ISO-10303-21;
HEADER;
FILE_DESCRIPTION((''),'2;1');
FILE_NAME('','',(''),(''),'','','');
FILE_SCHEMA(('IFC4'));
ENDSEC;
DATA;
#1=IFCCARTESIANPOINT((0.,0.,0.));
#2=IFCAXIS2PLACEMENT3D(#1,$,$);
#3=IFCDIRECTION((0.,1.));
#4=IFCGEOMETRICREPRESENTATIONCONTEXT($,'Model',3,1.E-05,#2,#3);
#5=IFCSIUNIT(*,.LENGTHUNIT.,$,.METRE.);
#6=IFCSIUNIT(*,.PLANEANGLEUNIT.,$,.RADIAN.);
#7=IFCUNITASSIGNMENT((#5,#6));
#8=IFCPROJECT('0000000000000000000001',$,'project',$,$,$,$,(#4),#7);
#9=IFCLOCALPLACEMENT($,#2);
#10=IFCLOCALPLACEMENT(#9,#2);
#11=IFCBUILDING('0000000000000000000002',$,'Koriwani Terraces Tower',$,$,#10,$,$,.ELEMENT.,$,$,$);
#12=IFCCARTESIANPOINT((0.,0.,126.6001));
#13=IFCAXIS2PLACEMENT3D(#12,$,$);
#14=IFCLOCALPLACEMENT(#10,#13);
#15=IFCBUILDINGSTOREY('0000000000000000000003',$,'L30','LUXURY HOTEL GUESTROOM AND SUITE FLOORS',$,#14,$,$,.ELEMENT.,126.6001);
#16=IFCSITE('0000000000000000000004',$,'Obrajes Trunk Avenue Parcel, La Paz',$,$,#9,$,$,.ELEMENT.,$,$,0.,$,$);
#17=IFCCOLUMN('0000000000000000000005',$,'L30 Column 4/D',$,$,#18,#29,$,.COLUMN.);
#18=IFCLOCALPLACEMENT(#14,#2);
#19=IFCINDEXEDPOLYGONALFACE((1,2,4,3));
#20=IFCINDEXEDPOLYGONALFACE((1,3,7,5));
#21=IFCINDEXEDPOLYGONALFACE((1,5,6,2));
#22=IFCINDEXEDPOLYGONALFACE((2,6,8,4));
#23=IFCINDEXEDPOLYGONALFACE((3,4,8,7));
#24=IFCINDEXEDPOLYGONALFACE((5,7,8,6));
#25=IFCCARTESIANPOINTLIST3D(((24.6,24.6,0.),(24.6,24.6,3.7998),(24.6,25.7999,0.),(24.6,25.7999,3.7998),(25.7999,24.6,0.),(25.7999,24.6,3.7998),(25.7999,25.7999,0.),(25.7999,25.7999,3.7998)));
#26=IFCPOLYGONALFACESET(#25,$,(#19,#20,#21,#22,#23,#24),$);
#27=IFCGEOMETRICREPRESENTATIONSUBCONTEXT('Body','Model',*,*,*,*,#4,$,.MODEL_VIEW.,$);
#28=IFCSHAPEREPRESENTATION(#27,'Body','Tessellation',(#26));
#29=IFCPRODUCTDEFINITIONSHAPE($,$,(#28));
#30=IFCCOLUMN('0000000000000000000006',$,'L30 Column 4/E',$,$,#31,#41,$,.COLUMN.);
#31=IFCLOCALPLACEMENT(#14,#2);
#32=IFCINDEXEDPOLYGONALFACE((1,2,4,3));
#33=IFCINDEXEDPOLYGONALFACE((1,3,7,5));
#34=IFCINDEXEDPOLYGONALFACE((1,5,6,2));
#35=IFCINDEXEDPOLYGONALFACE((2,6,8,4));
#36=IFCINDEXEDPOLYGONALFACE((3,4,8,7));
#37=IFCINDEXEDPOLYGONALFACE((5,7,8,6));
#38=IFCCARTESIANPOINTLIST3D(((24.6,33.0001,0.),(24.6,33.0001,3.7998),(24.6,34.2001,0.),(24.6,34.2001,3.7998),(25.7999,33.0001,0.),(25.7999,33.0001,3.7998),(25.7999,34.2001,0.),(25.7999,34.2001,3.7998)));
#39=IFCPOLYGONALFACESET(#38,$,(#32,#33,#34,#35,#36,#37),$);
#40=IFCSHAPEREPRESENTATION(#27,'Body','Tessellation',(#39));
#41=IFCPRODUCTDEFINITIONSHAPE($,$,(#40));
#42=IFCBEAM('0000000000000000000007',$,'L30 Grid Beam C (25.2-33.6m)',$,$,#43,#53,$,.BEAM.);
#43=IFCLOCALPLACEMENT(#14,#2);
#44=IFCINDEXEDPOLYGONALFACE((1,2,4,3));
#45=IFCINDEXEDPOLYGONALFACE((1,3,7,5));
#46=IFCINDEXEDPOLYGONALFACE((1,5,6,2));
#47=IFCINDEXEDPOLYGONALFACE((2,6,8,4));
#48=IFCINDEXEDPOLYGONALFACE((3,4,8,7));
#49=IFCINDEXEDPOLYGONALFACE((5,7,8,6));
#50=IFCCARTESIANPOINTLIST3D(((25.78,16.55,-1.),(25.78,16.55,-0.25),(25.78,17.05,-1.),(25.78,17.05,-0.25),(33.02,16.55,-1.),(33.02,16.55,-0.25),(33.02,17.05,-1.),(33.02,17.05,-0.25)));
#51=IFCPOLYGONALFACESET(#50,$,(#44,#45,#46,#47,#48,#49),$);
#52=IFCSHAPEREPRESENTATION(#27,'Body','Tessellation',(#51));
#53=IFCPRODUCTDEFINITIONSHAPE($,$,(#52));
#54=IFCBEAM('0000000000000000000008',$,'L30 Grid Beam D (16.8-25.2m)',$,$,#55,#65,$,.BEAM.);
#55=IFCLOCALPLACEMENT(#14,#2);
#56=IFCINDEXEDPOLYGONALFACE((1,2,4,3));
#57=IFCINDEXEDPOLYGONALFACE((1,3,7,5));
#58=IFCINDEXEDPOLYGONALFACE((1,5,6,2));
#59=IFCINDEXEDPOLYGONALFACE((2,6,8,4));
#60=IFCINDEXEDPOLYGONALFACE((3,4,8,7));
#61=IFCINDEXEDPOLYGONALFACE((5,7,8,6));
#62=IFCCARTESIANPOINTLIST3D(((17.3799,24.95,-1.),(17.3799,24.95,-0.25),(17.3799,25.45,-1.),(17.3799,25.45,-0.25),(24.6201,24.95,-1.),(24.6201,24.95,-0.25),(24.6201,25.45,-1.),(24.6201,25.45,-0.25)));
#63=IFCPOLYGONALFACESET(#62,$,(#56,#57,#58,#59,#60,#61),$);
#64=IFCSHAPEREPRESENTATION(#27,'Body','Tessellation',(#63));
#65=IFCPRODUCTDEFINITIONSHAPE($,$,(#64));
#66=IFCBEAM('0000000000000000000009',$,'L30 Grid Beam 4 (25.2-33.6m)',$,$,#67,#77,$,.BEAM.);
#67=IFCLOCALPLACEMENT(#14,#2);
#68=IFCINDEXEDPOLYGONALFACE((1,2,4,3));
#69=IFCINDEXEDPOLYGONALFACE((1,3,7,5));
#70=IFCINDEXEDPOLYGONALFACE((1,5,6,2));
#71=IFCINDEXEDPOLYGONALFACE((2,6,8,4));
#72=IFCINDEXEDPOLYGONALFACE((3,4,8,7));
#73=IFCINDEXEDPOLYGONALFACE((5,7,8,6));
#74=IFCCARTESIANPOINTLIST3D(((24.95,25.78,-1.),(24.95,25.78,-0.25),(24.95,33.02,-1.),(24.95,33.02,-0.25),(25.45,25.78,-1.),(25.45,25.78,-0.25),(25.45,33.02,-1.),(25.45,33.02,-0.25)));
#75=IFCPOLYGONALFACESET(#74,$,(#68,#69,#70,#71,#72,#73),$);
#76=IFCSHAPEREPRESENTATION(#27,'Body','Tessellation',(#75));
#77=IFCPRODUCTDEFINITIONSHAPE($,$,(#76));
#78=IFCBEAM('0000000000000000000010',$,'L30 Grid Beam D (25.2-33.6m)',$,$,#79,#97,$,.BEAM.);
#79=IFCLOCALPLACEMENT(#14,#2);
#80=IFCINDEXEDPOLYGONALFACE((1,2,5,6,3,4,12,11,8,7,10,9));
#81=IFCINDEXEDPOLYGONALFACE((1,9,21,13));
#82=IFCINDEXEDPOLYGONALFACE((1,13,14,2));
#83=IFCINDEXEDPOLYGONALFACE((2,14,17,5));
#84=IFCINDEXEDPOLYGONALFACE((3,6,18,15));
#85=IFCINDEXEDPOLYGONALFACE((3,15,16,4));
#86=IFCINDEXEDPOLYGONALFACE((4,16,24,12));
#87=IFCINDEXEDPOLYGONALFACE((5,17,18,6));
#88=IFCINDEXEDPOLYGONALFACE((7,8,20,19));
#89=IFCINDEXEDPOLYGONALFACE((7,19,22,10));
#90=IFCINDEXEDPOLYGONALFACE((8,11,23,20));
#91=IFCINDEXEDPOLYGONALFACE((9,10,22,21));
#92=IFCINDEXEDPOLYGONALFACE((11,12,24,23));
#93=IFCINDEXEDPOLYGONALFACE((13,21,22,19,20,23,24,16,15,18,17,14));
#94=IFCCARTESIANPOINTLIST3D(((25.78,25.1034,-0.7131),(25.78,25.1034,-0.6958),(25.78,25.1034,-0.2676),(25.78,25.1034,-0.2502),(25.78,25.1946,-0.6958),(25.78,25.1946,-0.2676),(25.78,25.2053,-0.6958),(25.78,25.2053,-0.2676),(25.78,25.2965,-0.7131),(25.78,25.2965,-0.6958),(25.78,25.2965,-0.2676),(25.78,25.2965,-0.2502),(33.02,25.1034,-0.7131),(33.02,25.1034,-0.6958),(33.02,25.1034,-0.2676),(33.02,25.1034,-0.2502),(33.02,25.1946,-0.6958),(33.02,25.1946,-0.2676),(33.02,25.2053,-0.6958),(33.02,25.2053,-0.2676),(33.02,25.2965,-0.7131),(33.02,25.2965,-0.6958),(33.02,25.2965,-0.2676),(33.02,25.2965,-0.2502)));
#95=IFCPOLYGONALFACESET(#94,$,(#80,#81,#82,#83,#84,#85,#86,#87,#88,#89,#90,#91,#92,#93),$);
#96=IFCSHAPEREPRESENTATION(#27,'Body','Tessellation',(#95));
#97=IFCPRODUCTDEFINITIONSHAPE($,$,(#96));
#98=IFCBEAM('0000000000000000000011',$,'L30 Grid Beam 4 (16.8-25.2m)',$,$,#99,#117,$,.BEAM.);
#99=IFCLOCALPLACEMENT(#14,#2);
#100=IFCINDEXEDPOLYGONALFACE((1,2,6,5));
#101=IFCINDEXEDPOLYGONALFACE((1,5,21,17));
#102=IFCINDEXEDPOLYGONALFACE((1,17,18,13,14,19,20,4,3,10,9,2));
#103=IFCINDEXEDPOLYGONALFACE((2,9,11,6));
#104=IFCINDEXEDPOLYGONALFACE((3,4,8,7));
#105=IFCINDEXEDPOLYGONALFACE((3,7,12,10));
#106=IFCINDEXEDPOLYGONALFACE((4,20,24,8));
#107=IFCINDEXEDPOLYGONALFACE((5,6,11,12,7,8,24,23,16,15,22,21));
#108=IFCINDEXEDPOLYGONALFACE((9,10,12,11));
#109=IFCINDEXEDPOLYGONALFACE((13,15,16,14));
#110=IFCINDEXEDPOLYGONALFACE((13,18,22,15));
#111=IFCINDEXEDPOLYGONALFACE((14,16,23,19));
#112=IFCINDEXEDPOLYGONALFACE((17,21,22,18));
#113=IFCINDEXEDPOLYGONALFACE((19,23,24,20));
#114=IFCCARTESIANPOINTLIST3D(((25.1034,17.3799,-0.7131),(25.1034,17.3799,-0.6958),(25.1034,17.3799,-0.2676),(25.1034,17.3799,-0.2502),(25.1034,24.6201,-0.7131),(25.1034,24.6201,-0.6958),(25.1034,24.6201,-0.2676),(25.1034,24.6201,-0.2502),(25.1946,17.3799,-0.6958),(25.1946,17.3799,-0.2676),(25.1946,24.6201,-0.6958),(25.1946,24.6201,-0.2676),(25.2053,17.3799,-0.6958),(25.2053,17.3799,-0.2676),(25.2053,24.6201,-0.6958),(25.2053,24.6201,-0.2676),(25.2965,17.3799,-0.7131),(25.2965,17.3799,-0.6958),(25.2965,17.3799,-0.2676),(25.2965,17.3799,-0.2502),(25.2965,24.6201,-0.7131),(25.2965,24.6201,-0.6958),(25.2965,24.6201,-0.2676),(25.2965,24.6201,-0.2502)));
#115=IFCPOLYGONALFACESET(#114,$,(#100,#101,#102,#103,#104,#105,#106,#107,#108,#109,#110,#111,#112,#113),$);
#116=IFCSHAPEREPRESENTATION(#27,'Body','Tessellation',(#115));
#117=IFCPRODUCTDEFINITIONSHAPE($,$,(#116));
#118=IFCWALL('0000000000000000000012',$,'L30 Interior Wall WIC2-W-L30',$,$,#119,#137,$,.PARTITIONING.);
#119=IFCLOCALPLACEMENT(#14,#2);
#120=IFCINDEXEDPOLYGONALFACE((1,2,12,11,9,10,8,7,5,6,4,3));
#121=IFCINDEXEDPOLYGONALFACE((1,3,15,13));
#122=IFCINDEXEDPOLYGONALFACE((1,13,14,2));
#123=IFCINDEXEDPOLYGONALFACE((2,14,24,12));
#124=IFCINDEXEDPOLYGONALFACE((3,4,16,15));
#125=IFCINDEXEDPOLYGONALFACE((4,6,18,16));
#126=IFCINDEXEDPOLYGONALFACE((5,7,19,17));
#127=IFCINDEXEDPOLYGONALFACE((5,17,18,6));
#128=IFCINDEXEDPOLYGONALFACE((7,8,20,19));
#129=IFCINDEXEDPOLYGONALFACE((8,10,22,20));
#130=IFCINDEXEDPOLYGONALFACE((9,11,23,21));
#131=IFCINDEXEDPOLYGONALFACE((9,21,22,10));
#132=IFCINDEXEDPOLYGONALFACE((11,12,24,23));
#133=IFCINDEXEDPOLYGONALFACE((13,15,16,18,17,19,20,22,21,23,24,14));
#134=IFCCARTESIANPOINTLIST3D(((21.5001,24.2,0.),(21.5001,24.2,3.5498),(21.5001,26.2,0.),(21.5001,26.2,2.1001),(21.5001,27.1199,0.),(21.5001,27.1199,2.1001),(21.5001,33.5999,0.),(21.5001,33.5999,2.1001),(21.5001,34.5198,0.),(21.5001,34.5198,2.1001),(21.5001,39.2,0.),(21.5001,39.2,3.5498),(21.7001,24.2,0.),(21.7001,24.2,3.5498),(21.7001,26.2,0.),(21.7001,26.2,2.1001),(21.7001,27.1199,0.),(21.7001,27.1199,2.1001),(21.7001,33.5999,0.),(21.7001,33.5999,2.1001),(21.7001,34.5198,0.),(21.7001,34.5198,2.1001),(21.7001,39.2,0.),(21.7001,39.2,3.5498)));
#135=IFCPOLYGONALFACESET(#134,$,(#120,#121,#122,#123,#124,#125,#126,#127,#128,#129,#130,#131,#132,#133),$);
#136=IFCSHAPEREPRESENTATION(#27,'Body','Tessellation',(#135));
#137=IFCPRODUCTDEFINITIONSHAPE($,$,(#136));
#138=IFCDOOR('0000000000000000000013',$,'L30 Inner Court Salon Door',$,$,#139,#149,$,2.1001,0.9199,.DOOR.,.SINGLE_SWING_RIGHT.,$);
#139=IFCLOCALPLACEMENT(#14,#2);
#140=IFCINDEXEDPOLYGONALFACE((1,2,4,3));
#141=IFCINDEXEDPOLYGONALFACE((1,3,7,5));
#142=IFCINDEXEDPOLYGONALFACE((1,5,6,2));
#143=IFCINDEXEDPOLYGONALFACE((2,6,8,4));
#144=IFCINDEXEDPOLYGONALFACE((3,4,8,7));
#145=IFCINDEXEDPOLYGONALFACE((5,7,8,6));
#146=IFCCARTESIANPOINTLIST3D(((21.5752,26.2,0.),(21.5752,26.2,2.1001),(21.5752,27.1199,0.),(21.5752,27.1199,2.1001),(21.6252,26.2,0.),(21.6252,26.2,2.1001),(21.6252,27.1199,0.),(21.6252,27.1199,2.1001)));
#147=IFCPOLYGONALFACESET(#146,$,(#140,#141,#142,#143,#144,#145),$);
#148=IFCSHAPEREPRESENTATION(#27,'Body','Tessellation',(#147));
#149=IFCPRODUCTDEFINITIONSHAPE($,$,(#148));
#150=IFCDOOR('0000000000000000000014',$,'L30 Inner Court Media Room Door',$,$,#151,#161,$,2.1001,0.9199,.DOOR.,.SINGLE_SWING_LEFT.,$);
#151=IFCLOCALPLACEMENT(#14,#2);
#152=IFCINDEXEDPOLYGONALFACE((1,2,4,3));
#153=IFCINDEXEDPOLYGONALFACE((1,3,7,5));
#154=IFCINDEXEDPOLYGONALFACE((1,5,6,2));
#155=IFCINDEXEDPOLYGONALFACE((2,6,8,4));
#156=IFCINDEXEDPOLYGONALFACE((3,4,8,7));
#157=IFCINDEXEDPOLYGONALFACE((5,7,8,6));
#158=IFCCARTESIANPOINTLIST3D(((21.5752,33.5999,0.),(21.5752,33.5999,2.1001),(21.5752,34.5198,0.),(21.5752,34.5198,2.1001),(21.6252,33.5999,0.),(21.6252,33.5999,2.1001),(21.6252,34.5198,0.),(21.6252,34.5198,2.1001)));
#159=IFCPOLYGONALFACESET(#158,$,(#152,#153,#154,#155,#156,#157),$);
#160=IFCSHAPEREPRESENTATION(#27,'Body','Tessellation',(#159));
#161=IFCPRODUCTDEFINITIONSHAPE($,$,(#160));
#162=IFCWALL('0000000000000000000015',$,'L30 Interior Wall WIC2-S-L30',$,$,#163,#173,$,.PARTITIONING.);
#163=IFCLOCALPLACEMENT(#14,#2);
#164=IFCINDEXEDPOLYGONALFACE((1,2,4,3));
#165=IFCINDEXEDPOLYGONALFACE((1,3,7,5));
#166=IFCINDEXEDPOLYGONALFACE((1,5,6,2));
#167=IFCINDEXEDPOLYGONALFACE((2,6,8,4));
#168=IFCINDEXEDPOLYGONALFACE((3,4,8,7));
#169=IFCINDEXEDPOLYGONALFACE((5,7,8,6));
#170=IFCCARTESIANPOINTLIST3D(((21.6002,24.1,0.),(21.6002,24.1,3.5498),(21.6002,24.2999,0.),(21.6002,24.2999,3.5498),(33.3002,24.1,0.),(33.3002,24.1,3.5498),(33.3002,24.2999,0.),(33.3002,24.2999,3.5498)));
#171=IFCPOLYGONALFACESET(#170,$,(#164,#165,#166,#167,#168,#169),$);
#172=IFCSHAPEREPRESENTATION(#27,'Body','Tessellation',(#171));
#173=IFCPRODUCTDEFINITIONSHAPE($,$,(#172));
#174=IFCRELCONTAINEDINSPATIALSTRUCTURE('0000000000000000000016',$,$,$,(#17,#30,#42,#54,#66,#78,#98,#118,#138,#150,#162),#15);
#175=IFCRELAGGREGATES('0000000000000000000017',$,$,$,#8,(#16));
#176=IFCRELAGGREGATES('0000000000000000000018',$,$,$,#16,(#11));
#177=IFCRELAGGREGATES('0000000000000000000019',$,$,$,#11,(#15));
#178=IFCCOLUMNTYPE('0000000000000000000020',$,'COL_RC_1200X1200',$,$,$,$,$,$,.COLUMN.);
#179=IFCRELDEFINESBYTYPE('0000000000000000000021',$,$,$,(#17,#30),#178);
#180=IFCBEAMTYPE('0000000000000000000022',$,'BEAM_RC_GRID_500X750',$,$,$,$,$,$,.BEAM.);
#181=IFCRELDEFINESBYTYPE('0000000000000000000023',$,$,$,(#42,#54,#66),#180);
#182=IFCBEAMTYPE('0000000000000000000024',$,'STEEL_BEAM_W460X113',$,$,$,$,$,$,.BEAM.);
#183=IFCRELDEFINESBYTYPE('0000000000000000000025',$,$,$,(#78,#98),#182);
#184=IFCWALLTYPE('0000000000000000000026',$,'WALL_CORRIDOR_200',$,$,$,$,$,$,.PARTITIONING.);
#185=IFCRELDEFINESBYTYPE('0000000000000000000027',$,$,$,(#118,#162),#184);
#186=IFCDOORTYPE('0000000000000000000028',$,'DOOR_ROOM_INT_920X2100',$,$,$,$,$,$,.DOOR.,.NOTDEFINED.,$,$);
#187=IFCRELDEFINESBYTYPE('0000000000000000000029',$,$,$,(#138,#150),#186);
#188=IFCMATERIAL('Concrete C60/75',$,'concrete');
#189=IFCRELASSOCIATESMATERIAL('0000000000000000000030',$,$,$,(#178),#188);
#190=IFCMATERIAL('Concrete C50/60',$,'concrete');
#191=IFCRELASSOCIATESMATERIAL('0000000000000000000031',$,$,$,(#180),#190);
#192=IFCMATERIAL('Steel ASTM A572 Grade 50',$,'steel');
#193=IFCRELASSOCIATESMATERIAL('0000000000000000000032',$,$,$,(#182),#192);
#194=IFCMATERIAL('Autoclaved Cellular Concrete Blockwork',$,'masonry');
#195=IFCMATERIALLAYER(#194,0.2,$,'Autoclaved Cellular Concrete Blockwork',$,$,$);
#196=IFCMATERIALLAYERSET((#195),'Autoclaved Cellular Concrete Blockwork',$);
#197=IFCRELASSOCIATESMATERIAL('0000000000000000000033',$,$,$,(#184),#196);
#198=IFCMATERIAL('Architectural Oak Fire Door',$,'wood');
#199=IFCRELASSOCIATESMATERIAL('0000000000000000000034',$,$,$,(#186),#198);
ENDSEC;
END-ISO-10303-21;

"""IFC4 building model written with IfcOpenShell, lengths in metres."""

from ifc_helpers import new_model, si_unit, direction, frame, frame_2d, origin, origin_2d, place, context, subcontext, project, spatial, rectangle, i_section, extrude, material, layer, layer_set, material_profile, profile_set, type_object, element, fill, save


model = new_model("IFC4")

# Units and contexts
model_context = context("Model", 3, precision=1e-05, world=origin(), true_north=direction((0.0, 1.0)))
body_context = subcontext(model_context, "Body", "Model", "MODEL_VIEW")
ifc_project = project(units=[si_unit("LENGTHUNIT", "METRE"), si_unit("PLANEANGLEUNIT", "RADIAN")], contexts=[model_context])

# Site, building, storey
site_placement = place(None, origin())
site = spatial("IfcSite", under=ifc_project, at=site_placement, Name="Obrajes Trunk Avenue Parcel, La Paz", CompositionType="ELEMENT", RefElevation=0.0)
building_placement = place(site_placement, origin())
building = spatial("IfcBuilding", under=site, at=building_placement, Name="Koriwani Terraces Tower", CompositionType="ELEMENT")
storey_placement = place(building_placement, frame((0.0, 0.0, 126.6001)))
storey = spatial("IfcBuildingStorey", under=building, at=storey_placement, Name="L30", Description="LUXURY HOTEL GUESTROOM AND SUITE FLOORS", CompositionType="ELEMENT", Elevation=126.6001)

# Columns
ifc_material_1 = material(Name="Concrete C60/75", Category="concrete")
ifc_material_profile_1 = material_profile(ifc_material_1, rectangle(XDim=1.2, YDim=1.2, at=origin_2d()), Name="Concrete C60/75", Category="LoadBearing")
ifc_profile_set_1 = profile_set([ifc_material_profile_1], Name="Concrete C60/75")
column_type = type_object("IfcColumnType", Name="COL_RC_1200X1200", PredefinedType="COLUMN", material=ifc_profile_set_1)
for number, where, z_axis, x_axis, name in (
    (1, (25.2, 25.2, 0.0), (0.0, 0.0, 1.0), (1.0, 0.0, 0.0), "L30 Column 4/D"),
    (2, (25.2, 33.6001, 0.0), (0.0, 0.0, 1.0), (1.0, 0.0, 0.0), "L30 Column 4/E"),
):
    element("IfcColumn", number, at=place(storey_placement, frame(where, z_axis=z_axis, x_axis=x_axis)), inside=storey, type_object=column_type, Name=name, PredefinedType="COLUMN", context=body_context, shape_type="SweptSolid", body=[
        extrude(rectangle(XDim=1.2, YDim=1.2, at=origin_2d()), origin(), (0.0, 0.0, 1.0), 3.7998),
    ])

# Beams
ifc_material_2 = material(Name="Concrete C50/60", Category="concrete")
ifc_material_profile_2 = material_profile(ifc_material_2, rectangle(XDim=0.5, YDim=0.75, at=origin_2d()), Name="Concrete C50/60", Category="LoadBearing")
ifc_profile_set_2 = profile_set([ifc_material_profile_2], Name="Concrete C50/60")
beam_type_1 = type_object("IfcBeamType", Name="BEAM_RC_GRID_500X750", PredefinedType="BEAM", material=ifc_profile_set_2)
beam_1_placement = place(storey_placement, frame((25.78, 16.8, -0.625), z_axis=(1.0, 0.0, 0.0), x_axis=(0.0, 1.0, 0.0)))
element("IfcBeam", 3, at=beam_1_placement, inside=storey, type_object=beam_type_1, Name="L30 Grid Beam C (25.2-33.6m)", PredefinedType="BEAM", context=body_context, shape_type="SweptSolid", body=[
    extrude(rectangle(XDim=0.5, YDim=0.75, at=origin_2d()), origin(), (0.0, 0.0, 1.0), 7.24),
])
beam_2_placement = place(storey_placement, frame((17.3799, 25.2, -0.625), z_axis=(1.0, 0.0, 0.0), x_axis=(0.0, 1.0, 0.0)))
element("IfcBeam", 4, at=beam_2_placement, inside=storey, type_object=beam_type_1, Name="L30 Grid Beam D (16.8-25.2m)", PredefinedType="BEAM", context=body_context, shape_type="SweptSolid", body=[
    extrude(rectangle(XDim=0.5, YDim=0.75, at=origin_2d()), origin(), (0.0, 0.0, 1.0), 7.2402),
])
beam_3_placement = place(storey_placement, frame((25.2, 25.78, -0.625), z_axis=(0.0, 1.0, 0.0), x_axis=(-1.0, 0.0, 0.0)))
element("IfcBeam", 5, at=beam_3_placement, inside=storey, type_object=beam_type_1, Name="L30 Grid Beam 4 (25.2-33.6m)", PredefinedType="BEAM", context=body_context, shape_type="SweptSolid", body=[
    extrude(rectangle(XDim=0.5, YDim=0.75, at=origin_2d()), origin(), (0.0, 0.0, 1.0), 7.24),
])
ifc_material_3 = material(Name="Steel ASTM A572 Grade 50", Category="steel")
ifc_material_profile_3 = material_profile(ifc_material_3, i_section(OverallWidth=0.1931, OverallDepth=0.4629, WebThickness=0.0107, FlangeThickness=0.0173, at=origin_2d()), Name="Steel ASTM A572 Grade 50", Category="LoadBearing")
ifc_profile_set_3 = profile_set([ifc_material_profile_3], Name="Steel ASTM A572 Grade 50")
beam_type_2 = type_object("IfcBeamType", Name="STEEL_BEAM_W460X113", PredefinedType="BEAM", material=ifc_profile_set_3)
beam_4_placement = place(storey_placement, frame((25.78, 25.2, -0.4817), z_axis=(1.0, 0.0, 0.0), x_axis=(0.0, 1.0, 0.0)))
element("IfcBeam", 6, at=beam_4_placement, inside=storey, type_object=beam_type_2, Name="L30 Grid Beam D (25.2-33.6m)", PredefinedType="BEAM", context=body_context, shape_type="SweptSolid", body=[
    extrude(i_section(OverallWidth=0.1931, OverallDepth=0.4629, WebThickness=0.0107, FlangeThickness=0.0173, at=origin_2d()), origin(), (0.0, 0.0, 1.0), 7.24),
])
beam_5_placement = place(storey_placement, frame((25.2, 17.3799, -0.4817), z_axis=(0.0, 1.0, 0.0), x_axis=(-1.0, 0.0, 0.0)))
element("IfcBeam", 7, at=beam_5_placement, inside=storey, type_object=beam_type_2, Name="L30 Grid Beam 4 (16.8-25.2m)", PredefinedType="BEAM", context=body_context, shape_type="SweptSolid", body=[
    extrude(i_section(OverallWidth=0.1931, OverallDepth=0.4629, WebThickness=0.0107, FlangeThickness=0.0173, at=origin_2d()), origin(), (0.0, 0.0, 1.0), 7.2402),
])

# Wall, openings, doors
ifc_material_4 = material(Name="Autoclaved Cellular Concrete Blockwork", Category="masonry")
ifc_layer_1 = layer(ifc_material_4, 0.2, Name="Autoclaved Cellular Concrete Blockwork")
ifc_layer_set_1 = layer_set([ifc_layer_1], Name="Autoclaved Cellular Concrete Blockwork")
wall_type_1 = type_object("IfcWallType", Name="WALL_CORRIDOR_200", PredefinedType="PARTITIONING", material=ifc_layer_set_1)
wall_1_placement = place(storey_placement, frame((21.6001, 24.2, 0.0), z_axis=(0.0, 0.0, 1.0), x_axis=(0.0, 1.0, 0.0)))
wall_1 = element("IfcWall", 8, at=wall_1_placement, inside=storey, type_object=wall_type_1, Name="L30 Interior Wall WIC2-W-L30", PredefinedType="PARTITIONING", context=body_context, shape_type="SweptSolid", body=[
    extrude(rectangle(XDim=15.0, YDim=0.2, at=frame_2d((7.5, 0.0))), origin(), (0.0, 0.0, 1.0), 3.5498),
])
opening_1_placement = place(wall_1_placement, frame((2.0, 0.0, 0.0)))
opening_1 = element("IfcOpeningElement", 9, at=opening_1_placement, cuts=wall_1, PredefinedType="OPENING", context=body_context, shape_type="SweptSolid", body=[
    extrude(rectangle(XDim=0.9199, YDim=2.1001, at=frame_2d((0.46, 1.05))), frame((0.0, 0.1099, 0.0), z_axis=(0.0, -1.0, 0.0), x_axis=(1.0, 0.0, 0.0)), (0.0, 0.0, 1.0), 0.22),
])
opening_2_placement = place(wall_1_placement, frame((9.3999, 0.0, 0.0)))
opening_2 = element("IfcOpeningElement", 10, at=opening_2_placement, cuts=wall_1, PredefinedType="OPENING", context=body_context, shape_type="SweptSolid", body=[
    extrude(rectangle(XDim=0.9199, YDim=2.1001, at=frame_2d((0.46, 1.05))), frame((0.0, 0.1099, 0.0), z_axis=(0.0, -1.0, 0.0), x_axis=(1.0, 0.0, 0.0)), (0.0, 0.0, 1.0), 0.22),
])
ifc_material_5 = material(Name="Architectural Oak Fire Door", Category="wood")
door_type_1 = type_object("IfcDoorType", Name="DOOR_ROOM_INT_920X2100", OperationType="NOTDEFINED", PredefinedType="DOOR", material=ifc_material_5)
door_1_placement = place(opening_1_placement, origin())
door_1 = element("IfcDoor", 11, at=door_1_placement, inside=storey, type_object=door_type_1, Name="L30 Inner Court Salon Door", OperationType="SINGLE_SWING_RIGHT", OverallHeight=2.1001, OverallWidth=0.9199, PredefinedType="DOOR", context=body_context, shape_type="SweptSolid", body=[
    extrude(rectangle(XDim=0.9199, YDim=2.1001, at=frame_2d((0.46, 1.05))), frame((0.0, 0.0249, 0.0), z_axis=(0.0, -1.0, 0.0), x_axis=(1.0, 0.0, 0.0)), (0.0, 0.0, 1.0), 0.05),
])
fill(opening_1, door_1)
door_2_placement = place(opening_2_placement, origin())
door_2 = element("IfcDoor", 12, at=door_2_placement, inside=storey, type_object=door_type_1, Name="L30 Inner Court Media Room Door", OperationType="SINGLE_SWING_LEFT", OverallHeight=2.1001, OverallWidth=0.9199, PredefinedType="DOOR", context=body_context, shape_type="SweptSolid", body=[
    extrude(rectangle(XDim=0.9199, YDim=2.1001, at=frame_2d((0.46, 1.05))), frame((0.0, 0.0249, 0.0), z_axis=(0.0, -1.0, 0.0), x_axis=(1.0, 0.0, 0.0)), (0.0, 0.0, 1.0), 0.05),
])
fill(opening_2, door_2)

# Wall
wall_2_placement = place(storey_placement, frame((21.6001, 24.2, 0.0), z_axis=(0.0, 0.0, 1.0), x_axis=(1.0, 0.0, 0.0)))
element("IfcWall", 13, at=wall_2_placement, inside=storey, type_object=wall_type_1, Name="L30 Interior Wall WIC2-S-L30", PredefinedType="PARTITIONING", context=body_context, shape_type="SweptSolid", body=[
    extrude(rectangle(XDim=11.7, YDim=0.2, at=frame_2d((5.8501, 0.0))), origin(), (0.0, 0.0, 1.0), 3.5498),
])

save(model, "model.ifc")
